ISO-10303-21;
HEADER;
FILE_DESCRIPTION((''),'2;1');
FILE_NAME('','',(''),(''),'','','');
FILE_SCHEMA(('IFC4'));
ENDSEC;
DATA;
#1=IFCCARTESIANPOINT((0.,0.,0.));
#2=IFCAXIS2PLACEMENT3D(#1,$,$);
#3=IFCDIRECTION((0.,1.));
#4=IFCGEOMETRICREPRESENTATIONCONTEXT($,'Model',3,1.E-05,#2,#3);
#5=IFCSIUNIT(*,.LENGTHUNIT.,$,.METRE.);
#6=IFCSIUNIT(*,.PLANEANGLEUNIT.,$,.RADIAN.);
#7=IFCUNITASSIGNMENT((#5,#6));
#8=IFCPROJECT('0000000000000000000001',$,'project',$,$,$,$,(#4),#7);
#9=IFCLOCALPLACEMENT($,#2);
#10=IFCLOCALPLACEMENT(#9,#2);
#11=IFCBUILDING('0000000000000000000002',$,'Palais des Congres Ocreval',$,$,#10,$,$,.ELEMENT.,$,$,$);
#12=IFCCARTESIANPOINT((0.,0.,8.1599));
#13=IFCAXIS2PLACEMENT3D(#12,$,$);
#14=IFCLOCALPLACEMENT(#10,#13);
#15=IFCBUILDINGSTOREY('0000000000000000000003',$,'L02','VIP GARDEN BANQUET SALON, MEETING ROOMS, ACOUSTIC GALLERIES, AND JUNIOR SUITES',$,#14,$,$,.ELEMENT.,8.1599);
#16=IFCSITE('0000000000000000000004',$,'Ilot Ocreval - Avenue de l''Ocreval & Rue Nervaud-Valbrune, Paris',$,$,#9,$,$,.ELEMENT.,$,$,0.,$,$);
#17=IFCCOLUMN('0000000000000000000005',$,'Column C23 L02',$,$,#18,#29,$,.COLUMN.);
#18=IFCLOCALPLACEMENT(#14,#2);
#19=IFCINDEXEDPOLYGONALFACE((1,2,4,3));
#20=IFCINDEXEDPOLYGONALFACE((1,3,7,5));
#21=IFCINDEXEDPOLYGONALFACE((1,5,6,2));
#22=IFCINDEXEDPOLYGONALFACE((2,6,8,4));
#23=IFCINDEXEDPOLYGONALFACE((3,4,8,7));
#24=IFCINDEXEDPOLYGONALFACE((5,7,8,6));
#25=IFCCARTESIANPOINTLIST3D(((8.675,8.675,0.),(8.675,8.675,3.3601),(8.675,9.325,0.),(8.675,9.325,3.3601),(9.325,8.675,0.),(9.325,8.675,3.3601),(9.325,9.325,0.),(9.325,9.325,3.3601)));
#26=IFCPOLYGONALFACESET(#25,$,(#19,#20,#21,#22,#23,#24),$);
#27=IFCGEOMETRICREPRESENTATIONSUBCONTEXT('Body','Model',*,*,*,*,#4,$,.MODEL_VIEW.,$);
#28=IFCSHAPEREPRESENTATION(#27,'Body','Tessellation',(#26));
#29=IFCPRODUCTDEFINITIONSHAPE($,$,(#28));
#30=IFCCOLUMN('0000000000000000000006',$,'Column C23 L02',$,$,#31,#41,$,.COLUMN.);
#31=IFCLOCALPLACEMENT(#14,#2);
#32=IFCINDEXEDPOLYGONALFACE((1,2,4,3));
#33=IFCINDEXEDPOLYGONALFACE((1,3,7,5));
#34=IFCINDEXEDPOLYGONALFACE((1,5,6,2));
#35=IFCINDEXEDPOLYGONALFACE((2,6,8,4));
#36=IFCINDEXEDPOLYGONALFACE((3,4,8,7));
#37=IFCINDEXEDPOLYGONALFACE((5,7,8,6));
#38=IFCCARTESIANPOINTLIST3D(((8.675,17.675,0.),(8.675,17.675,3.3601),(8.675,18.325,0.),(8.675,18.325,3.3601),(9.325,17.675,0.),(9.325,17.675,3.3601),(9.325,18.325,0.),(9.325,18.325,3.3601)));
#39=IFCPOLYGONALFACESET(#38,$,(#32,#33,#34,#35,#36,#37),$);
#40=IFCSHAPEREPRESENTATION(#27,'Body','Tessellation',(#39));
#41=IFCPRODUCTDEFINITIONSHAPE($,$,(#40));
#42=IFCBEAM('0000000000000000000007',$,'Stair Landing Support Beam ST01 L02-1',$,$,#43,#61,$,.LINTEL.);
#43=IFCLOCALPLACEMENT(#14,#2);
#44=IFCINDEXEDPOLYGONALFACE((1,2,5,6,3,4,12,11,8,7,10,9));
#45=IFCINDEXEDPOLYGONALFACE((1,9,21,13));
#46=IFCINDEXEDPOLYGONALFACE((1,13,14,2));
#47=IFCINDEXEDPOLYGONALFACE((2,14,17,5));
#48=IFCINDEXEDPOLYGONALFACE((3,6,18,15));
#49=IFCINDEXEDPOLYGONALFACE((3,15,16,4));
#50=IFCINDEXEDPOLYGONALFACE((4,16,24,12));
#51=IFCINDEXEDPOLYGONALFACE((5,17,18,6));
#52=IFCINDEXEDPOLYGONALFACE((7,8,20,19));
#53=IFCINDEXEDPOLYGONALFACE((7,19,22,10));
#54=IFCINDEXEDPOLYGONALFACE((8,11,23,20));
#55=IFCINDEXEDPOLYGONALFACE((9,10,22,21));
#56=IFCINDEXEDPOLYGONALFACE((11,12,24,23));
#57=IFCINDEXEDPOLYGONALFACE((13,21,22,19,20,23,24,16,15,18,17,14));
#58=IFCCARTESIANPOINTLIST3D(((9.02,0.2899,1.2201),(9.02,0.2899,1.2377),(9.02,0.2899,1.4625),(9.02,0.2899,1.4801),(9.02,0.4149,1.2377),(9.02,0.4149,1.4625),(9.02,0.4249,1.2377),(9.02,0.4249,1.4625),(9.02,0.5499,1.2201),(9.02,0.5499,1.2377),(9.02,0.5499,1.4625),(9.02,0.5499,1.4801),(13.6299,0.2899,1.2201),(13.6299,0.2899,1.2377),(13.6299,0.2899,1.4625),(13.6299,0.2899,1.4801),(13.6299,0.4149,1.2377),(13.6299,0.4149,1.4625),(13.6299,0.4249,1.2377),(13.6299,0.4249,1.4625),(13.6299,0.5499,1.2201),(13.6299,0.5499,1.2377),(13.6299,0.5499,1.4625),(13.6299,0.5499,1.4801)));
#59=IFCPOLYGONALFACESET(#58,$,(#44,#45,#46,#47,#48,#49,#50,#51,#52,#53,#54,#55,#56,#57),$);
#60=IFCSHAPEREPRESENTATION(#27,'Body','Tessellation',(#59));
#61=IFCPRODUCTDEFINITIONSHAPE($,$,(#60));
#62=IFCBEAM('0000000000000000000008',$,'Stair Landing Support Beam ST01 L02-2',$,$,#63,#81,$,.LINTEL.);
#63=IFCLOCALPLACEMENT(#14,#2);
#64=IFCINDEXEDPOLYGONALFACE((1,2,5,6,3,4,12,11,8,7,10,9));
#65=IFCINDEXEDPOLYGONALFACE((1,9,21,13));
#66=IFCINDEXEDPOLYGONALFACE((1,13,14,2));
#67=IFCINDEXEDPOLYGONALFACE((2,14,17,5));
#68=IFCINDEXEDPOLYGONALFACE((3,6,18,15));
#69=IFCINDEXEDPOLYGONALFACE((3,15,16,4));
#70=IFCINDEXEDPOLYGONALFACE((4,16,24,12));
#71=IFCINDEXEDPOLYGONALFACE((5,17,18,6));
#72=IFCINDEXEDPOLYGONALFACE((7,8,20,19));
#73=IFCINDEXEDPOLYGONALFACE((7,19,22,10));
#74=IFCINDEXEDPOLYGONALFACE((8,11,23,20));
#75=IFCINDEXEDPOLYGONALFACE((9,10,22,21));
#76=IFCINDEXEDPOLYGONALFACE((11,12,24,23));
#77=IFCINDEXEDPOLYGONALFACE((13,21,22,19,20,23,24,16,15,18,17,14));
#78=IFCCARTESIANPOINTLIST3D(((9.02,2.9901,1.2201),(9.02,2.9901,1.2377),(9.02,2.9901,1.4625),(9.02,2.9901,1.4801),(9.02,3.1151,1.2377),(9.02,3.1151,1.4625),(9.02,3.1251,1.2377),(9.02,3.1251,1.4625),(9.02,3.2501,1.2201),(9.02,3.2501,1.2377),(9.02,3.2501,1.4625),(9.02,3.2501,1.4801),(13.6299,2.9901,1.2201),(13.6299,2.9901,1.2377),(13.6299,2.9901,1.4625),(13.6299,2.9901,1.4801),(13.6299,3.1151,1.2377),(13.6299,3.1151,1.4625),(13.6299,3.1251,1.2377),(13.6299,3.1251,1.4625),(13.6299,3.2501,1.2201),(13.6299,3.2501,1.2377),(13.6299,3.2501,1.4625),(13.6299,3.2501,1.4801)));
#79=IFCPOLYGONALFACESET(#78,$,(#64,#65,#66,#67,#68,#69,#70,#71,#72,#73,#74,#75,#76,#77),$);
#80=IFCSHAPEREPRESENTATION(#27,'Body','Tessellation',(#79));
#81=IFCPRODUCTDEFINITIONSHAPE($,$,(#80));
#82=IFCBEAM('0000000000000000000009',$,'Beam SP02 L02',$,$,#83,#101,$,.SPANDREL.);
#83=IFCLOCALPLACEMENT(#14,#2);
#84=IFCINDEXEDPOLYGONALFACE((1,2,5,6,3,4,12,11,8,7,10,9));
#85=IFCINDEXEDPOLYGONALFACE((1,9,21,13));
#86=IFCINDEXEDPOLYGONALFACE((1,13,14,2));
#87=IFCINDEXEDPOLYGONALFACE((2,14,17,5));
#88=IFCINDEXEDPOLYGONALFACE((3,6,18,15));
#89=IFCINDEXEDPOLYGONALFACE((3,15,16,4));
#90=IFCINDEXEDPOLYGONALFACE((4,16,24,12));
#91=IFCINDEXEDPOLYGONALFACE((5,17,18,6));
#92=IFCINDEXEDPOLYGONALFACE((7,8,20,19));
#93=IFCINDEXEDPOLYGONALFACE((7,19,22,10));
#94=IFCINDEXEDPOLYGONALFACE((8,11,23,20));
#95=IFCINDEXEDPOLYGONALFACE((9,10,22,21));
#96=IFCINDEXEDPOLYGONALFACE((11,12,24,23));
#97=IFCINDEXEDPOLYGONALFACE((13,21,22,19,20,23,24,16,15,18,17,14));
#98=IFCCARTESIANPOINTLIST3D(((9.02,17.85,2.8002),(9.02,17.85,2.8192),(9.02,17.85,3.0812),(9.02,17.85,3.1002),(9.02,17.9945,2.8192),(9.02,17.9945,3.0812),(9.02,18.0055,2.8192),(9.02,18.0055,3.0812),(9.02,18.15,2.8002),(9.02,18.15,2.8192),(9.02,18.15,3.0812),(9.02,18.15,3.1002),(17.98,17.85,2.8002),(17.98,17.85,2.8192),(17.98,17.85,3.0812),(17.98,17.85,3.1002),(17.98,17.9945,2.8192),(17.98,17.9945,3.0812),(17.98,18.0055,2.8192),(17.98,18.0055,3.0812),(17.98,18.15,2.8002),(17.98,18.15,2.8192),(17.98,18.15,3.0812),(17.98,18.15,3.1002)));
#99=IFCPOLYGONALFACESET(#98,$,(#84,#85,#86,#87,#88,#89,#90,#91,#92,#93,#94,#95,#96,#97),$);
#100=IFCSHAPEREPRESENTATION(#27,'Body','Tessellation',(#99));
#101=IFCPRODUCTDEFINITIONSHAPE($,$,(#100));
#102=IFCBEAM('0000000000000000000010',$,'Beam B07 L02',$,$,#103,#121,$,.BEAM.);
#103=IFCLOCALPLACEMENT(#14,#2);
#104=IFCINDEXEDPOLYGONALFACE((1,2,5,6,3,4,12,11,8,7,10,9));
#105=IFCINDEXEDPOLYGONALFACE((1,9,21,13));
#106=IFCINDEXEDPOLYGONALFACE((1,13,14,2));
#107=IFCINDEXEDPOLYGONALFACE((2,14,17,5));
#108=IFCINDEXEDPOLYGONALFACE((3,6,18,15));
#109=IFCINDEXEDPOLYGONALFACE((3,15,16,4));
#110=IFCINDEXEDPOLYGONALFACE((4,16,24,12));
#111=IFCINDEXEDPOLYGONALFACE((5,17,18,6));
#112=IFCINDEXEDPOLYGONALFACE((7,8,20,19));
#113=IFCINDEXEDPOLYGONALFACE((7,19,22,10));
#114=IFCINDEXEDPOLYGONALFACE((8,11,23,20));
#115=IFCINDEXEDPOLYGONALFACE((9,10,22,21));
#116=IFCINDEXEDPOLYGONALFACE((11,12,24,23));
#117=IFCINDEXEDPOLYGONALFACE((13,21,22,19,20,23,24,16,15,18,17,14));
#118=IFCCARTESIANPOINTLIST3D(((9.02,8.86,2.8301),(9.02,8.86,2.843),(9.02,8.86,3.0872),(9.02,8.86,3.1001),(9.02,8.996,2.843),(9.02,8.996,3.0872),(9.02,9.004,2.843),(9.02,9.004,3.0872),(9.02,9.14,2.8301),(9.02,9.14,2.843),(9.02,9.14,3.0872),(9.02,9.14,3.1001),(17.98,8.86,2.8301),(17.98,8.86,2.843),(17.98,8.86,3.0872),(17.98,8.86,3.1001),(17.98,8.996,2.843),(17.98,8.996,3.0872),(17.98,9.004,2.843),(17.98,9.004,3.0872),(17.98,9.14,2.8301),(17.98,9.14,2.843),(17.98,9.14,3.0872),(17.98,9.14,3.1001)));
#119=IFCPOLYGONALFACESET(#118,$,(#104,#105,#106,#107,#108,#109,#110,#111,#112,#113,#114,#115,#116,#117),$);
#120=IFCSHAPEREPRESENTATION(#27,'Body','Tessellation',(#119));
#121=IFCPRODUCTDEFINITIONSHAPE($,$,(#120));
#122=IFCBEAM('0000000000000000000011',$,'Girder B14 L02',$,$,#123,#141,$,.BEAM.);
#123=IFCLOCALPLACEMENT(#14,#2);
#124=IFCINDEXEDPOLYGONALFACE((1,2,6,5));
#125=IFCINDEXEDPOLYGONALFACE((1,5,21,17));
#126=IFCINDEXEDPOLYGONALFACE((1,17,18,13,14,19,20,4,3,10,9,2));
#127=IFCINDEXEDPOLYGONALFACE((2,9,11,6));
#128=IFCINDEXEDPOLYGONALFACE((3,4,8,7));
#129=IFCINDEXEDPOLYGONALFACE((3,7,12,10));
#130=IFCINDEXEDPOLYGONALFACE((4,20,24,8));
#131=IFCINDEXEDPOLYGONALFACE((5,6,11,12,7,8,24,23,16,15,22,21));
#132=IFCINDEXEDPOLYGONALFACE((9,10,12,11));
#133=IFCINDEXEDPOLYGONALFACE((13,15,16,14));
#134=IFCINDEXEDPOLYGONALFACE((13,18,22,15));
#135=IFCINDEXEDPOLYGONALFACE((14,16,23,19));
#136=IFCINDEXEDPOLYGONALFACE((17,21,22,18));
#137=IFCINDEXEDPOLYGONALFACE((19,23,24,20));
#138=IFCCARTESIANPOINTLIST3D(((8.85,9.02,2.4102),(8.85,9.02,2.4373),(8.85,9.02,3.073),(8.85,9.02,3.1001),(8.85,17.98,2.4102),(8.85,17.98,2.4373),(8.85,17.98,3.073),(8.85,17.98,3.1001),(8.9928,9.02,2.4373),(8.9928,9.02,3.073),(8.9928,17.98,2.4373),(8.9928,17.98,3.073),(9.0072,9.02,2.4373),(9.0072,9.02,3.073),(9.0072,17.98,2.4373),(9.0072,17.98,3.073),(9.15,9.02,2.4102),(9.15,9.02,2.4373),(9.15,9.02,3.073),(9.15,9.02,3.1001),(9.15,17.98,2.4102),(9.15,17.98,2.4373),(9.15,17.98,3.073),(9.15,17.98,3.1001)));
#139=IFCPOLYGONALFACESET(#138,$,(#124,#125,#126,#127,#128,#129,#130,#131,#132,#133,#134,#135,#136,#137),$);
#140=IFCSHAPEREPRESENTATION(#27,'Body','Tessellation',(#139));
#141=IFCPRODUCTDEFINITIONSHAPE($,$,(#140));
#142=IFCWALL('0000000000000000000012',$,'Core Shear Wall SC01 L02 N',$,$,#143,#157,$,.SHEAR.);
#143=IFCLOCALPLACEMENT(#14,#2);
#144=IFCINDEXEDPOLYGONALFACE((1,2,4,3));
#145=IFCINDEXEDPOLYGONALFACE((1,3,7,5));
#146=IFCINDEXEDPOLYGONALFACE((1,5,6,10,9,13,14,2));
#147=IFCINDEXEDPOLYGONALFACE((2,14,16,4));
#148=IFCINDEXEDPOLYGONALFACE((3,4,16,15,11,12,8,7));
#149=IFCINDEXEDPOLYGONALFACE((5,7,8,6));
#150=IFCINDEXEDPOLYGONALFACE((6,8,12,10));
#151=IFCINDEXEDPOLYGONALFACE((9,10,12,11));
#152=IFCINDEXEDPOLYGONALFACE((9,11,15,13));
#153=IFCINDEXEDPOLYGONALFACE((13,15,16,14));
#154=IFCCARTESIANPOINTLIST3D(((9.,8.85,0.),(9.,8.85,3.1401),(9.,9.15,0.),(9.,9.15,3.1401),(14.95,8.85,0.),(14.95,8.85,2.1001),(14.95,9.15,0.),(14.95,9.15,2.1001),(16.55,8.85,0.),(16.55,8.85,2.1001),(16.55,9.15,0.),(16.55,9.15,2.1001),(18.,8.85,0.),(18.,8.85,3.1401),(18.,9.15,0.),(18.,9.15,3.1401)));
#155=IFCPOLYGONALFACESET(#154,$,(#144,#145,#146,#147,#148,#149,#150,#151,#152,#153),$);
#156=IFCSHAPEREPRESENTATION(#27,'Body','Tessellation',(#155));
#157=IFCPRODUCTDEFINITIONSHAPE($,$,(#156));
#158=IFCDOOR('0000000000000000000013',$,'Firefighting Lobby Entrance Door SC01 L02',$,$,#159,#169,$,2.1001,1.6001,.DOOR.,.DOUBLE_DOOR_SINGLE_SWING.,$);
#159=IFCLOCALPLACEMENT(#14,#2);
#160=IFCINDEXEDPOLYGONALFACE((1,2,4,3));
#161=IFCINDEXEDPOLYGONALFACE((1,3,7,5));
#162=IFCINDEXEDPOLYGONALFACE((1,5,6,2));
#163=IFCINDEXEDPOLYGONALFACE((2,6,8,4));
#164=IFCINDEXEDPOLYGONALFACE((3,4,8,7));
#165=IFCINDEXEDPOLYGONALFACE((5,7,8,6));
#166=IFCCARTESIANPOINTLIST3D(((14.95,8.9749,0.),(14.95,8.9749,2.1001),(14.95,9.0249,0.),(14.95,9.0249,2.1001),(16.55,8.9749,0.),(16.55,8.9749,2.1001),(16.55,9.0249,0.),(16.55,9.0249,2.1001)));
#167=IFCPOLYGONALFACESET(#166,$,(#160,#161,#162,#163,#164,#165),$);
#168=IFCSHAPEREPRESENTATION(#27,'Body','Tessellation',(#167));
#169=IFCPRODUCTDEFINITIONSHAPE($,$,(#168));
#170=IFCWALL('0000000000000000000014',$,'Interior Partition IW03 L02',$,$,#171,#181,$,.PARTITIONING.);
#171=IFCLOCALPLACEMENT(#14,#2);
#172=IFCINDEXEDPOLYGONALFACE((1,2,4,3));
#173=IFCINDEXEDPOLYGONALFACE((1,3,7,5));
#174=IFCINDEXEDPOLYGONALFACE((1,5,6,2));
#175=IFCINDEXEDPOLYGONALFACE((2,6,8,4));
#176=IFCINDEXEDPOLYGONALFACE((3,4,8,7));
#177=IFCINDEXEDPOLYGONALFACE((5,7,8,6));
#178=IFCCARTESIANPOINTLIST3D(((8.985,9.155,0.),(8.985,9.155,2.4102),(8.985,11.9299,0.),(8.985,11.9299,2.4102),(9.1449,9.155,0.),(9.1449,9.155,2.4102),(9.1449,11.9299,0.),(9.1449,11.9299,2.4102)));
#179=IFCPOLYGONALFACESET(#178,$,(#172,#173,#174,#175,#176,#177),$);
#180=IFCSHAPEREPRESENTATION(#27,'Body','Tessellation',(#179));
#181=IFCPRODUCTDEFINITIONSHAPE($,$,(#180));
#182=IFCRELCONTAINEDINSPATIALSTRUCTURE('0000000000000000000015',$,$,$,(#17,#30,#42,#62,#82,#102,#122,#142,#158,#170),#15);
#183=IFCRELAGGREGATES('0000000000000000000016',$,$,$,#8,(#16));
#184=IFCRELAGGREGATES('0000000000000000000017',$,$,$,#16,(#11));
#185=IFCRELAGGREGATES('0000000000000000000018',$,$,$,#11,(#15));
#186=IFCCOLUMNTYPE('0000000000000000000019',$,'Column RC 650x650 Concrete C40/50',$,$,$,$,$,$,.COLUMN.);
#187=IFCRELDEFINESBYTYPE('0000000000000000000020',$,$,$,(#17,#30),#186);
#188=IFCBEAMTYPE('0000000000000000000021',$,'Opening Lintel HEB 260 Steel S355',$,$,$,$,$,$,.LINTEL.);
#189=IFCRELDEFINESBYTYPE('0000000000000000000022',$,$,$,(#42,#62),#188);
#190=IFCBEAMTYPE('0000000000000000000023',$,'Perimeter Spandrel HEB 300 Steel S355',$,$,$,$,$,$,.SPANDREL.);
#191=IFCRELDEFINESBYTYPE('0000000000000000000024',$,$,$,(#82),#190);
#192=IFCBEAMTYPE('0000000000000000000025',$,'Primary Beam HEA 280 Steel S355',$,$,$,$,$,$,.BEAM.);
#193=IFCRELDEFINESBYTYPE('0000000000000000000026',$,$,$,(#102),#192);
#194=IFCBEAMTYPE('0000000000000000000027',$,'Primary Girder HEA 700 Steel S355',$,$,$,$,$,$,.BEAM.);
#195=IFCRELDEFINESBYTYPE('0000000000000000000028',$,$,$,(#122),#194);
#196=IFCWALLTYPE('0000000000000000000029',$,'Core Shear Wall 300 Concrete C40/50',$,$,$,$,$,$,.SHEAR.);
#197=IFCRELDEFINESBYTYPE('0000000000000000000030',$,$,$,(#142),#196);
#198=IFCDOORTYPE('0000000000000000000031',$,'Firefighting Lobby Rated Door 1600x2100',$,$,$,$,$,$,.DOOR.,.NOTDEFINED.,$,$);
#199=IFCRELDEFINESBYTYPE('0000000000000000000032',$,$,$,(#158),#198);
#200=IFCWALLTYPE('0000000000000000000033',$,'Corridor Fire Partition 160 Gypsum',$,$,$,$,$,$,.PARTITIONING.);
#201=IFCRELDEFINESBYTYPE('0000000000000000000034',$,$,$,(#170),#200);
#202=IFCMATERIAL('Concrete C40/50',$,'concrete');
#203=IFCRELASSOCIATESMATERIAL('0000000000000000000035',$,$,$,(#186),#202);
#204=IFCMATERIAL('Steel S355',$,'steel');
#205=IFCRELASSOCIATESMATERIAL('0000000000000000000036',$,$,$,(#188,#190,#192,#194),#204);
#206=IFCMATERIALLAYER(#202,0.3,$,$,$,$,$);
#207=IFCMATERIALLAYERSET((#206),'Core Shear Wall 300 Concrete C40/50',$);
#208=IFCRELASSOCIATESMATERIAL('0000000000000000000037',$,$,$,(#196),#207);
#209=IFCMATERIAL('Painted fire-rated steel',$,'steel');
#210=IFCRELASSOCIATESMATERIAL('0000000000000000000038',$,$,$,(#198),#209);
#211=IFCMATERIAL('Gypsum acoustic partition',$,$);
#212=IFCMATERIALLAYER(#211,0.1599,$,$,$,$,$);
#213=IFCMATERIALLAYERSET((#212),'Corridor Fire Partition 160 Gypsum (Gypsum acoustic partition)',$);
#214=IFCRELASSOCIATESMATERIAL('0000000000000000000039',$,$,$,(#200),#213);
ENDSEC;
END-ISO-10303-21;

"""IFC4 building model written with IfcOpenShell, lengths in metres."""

from ifc_helpers import new_model, si_unit, direction, frame, frame_2d, origin, origin_2d, place, context, subcontext, project, spatial, rectangle, i_section, extrude, material, layer, layer_set, material_profile, profile_set, type_object, element, fill, save


model = new_model("IFC4")

# Units and contexts
model_context = context("Model", 3, precision=1e-05, world=origin(), true_north=direction((0.0, 1.0)))
body_context = subcontext(model_context, "Body", "Model", "MODEL_VIEW")
ifc_project = project(units=[si_unit("LENGTHUNIT", "METRE"), si_unit("PLANEANGLEUNIT", "RADIAN")], contexts=[model_context])

# Site, building, storey
site_placement = place(None, origin())
site = spatial("IfcSite", under=ifc_project, at=site_placement, Name="Ilot Ocreval - Avenue de l'Ocreval & Rue Nervaud-Valbrune, Paris", CompositionType="ELEMENT", RefElevation=0.0)
building_placement = place(site_placement, origin())
building = spatial("IfcBuilding", under=site, at=building_placement, Name="Palais des Congres Ocreval", CompositionType="ELEMENT")
storey_placement = place(building_placement, frame((0.0, 0.0, 8.1599)))
storey = spatial("IfcBuildingStorey", under=building, at=storey_placement, Name="L02", Description="VIP GARDEN BANQUET SALON, MEETING ROOMS, ACOUSTIC GALLERIES, AND JUNIOR SUITES", CompositionType="ELEMENT", Elevation=8.1599)

# Columns
ifc_material_1 = material(Name="Concrete C40/50", Category="concrete")
ifc_material_profile_1 = material_profile(ifc_material_1, rectangle(XDim=0.6499, YDim=0.6499, at=origin_2d()), Name="RC 650x650")
ifc_profile_set_1 = profile_set([ifc_material_profile_1], Name="Concrete C40/50")
column_type = type_object("IfcColumnType", Name="Column RC 650x650 Concrete C40/50", PredefinedType="COLUMN", material=ifc_profile_set_1)
for number, where, z_axis, x_axis, name in (
    (1, (9.0, 9.0, 0.0), (0.0, 0.0, 1.0), (1.0, 0.0, 0.0), "Column C23 L02"),
    (2, (9.0, 18.0, 0.0), (0.0, 0.0, 1.0), (1.0, 0.0, 0.0), "Column C23 L02"),
):
    element("IfcColumn", number, at=place(storey_placement, frame(where, z_axis=z_axis, x_axis=x_axis)), inside=storey, type_object=column_type, Name=name, PredefinedType="COLUMN", context=body_context, shape_type="SweptSolid", body=[
        extrude(rectangle(XDim=0.6499, YDim=0.6499, at=origin_2d()), origin(), (0.0, 0.0, 1.0), 3.3601),
    ])

# Beams
ifc_material_2 = material(Name="Steel S355", Category="steel")
ifc_material_profile_2 = material_profile(ifc_material_2, i_section(OverallWidth=0.26, OverallDepth=0.26, WebThickness=0.01, FlangeThickness=0.0176, at=origin_2d()), Name="HEB 260")
ifc_profile_set_2 = profile_set([ifc_material_profile_2], Name="Steel S355")
beam_type_1 = type_object("IfcBeamType", Name="Opening Lintel HEB 260 Steel S355", PredefinedType="LINTEL", material=ifc_profile_set_2)
for number, where, z_axis, x_axis, name in (
    (3, (9.02, 0.4199, 1.3501), (1.0, 0.0, 0.0), (0.0, 1.0, 0.0), "Stair Landing Support Beam ST01 L02-1"),
    (4, (9.02, 3.1201, 1.3501), (1.0, 0.0, 0.0), (0.0, 1.0, 0.0), "Stair Landing Support Beam ST01 L02-2"),
):
    element("IfcBeam", number, at=place(storey_placement, frame(where, z_axis=z_axis, x_axis=x_axis)), inside=storey, type_object=beam_type_1, Name=name, PredefinedType="LINTEL", context=body_context, shape_type="SweptSolid", body=[
        extrude(i_section(OverallWidth=0.26, OverallDepth=0.26, WebThickness=0.01, FlangeThickness=0.0176, at=origin_2d()), origin(), (0.0, 0.0, 1.0), 4.6099),
    ])
ifc_material_profile_3 = material_profile(ifc_material_2, i_section(OverallWidth=0.3, OverallDepth=0.3, WebThickness=0.011, FlangeThickness=0.019, at=origin_2d()), Name="HEB 300")
ifc_profile_set_3 = profile_set([ifc_material_profile_3], Name="Steel S355")
beam_type_2 = type_object("IfcBeamType", Name="Perimeter Spandrel HEB 300 Steel S355", PredefinedType="SPANDREL", material=ifc_profile_set_3)
beam_1_placement = place(storey_placement, frame((9.02, 18.0, 2.9502), z_axis=(1.0, 0.0, 0.0), x_axis=(0.0, 1.0, 0.0)))
element("IfcBeam", 5, at=beam_1_placement, inside=storey, type_object=beam_type_2, Name="Beam SP02 L02", PredefinedType="SPANDREL", context=body_context, shape_type="SweptSolid", body=[
    extrude(i_section(OverallWidth=0.3, OverallDepth=0.3, WebThickness=0.011, FlangeThickness=0.019, at=origin_2d()), origin(), (0.0, 0.0, 1.0), 8.96),
])
ifc_material_profile_4 = material_profile(ifc_material_2, i_section(OverallWidth=0.28, OverallDepth=0.27, WebThickness=0.0081, FlangeThickness=0.0129, at=origin_2d()), Name="HEA 280")
ifc_profile_set_4 = profile_set([ifc_material_profile_4], Name="Steel S355")
beam_type_3 = type_object("IfcBeamType", Name="Primary Beam HEA 280 Steel S355", PredefinedType="BEAM", material=ifc_profile_set_4)
beam_2_placement = place(storey_placement, frame((9.02, 9.0, 2.9651), z_axis=(1.0, 0.0, 0.0), x_axis=(0.0, 1.0, 0.0)))
element("IfcBeam", 6, at=beam_2_placement, inside=storey, type_object=beam_type_3, Name="Beam B07 L02", PredefinedType="BEAM", context=body_context, shape_type="SweptSolid", body=[
    extrude(i_section(OverallWidth=0.28, OverallDepth=0.27, WebThickness=0.0081, FlangeThickness=0.0129, at=origin_2d()), origin(), (0.0, 0.0, 1.0), 8.96),
])
ifc_material_profile_5 = material_profile(ifc_material_2, i_section(OverallWidth=0.3, OverallDepth=0.6899, WebThickness=0.0144, FlangeThickness=0.0271, at=origin_2d()), Name="HEA 700")
ifc_profile_set_5 = profile_set([ifc_material_profile_5], Name="Steel S355")
beam_type_4 = type_object("IfcBeamType", Name="Primary Girder HEA 700 Steel S355", PredefinedType="BEAM", material=ifc_profile_set_5)
beam_3_placement = place(storey_placement, frame((9.0, 9.02, 2.7551), z_axis=(0.0, 1.0, 0.0), x_axis=(-1.0, 0.0, 0.0)))
element("IfcBeam", 7, at=beam_3_placement, inside=storey, type_object=beam_type_4, Name="Girder B14 L02", PredefinedType="BEAM", context=body_context, shape_type="SweptSolid", body=[
    extrude(i_section(OverallWidth=0.3, OverallDepth=0.6899, WebThickness=0.0144, FlangeThickness=0.0271, at=origin_2d()), origin(), (0.0, 0.0, 1.0), 8.96),
])

# Wall, opening, door
ifc_layer_1 = layer(ifc_material_1, 0.3)
ifc_layer_set_1 = layer_set([ifc_layer_1], Name="Core Shear Wall 300 Concrete C40/50")
wall_type_1 = type_object("IfcWallType", Name="Core Shear Wall 300 Concrete C40/50", PredefinedType="SHEAR", material=ifc_layer_set_1)
wall_1_placement = place(storey_placement, frame((9.0, 9.0, 0.0), z_axis=(0.0, 0.0, 1.0), x_axis=(1.0, 0.0, 0.0)))
wall_1 = element("IfcWall", 8, at=wall_1_placement, inside=storey, type_object=wall_type_1, Name="Core Shear Wall SC01 L02 N", PredefinedType="SHEAR", context=body_context, shape_type="SweptSolid", body=[
    extrude(rectangle(XDim=9.0, YDim=0.3, at=frame_2d((4.5, 0.0))), origin(), (0.0, 0.0, 1.0), 3.1401),
])
opening_1_placement = place(wall_1_placement, frame((5.95, 0.0, 0.0)))
opening_1 = element("IfcOpeningElement", 9, at=opening_1_placement, cuts=wall_1, PredefinedType="OPENING", context=body_context, shape_type="SweptSolid", body=[
    extrude(rectangle(XDim=1.6001, YDim=2.1001, at=frame_2d((0.8, 1.05))), frame((0.0, 0.1599, 0.0), z_axis=(0.0, -1.0, 0.0), x_axis=(1.0, 0.0, 0.0)), (0.0, 0.0, 1.0), 0.3201),
])
ifc_material_3 = material(Name="Painted fire-rated steel", Category="steel")
door_type_1 = type_object("IfcDoorType", Name="Firefighting Lobby Rated Door 1600x2100", OperationType="NOTDEFINED", PredefinedType="DOOR", material=ifc_material_3)
door_1_placement = place(opening_1_placement, origin())
door_1 = element("IfcDoor", 10, at=door_1_placement, inside=storey, type_object=door_type_1, Name="Firefighting Lobby Entrance Door SC01 L02", OperationType="DOUBLE_DOOR_SINGLE_SWING", OverallHeight=2.1001, OverallWidth=1.6001, PredefinedType="DOOR", context=body_context, shape_type="SweptSolid", body=[
    extrude(rectangle(XDim=1.6001, YDim=2.1001, at=frame_2d((0.8, 1.05))), frame((0.0, 0.0249, 0.0), z_axis=(0.0, -1.0, 0.0), x_axis=(1.0, 0.0, 0.0)), (0.0, 0.0, 1.0), 0.05),
])
fill(opening_1, door_1)

# Wall
ifc_material_4 = material(Name="Gypsum acoustic partition")
ifc_layer_2 = layer(ifc_material_4, 0.1599)
ifc_layer_set_2 = layer_set([ifc_layer_2], Name="Corridor Fire Partition 160 Gypsum (Gypsum acoustic partition)")
wall_type_2 = type_object("IfcWallType", Name="Corridor Fire Partition 160 Gypsum", PredefinedType="PARTITIONING", material=ifc_layer_set_2)
wall_2_placement = place(storey_placement, frame((9.0649, 9.155, 0.0), z_axis=(0.0, 0.0, 1.0), x_axis=(0.0, 1.0, 0.0)))
element("IfcWall", 11, at=wall_2_placement, inside=storey, type_object=wall_type_2, Name="Interior Partition IW03 L02", PredefinedType="PARTITIONING", context=body_context, shape_type="SweptSolid", body=[
    extrude(rectangle(XDim=2.7749, YDim=0.1599, at=frame_2d((1.3875, 0.0))), origin(), (0.0, 0.0, 1.0), 2.4102),
])

save(model, "model.ifc")
